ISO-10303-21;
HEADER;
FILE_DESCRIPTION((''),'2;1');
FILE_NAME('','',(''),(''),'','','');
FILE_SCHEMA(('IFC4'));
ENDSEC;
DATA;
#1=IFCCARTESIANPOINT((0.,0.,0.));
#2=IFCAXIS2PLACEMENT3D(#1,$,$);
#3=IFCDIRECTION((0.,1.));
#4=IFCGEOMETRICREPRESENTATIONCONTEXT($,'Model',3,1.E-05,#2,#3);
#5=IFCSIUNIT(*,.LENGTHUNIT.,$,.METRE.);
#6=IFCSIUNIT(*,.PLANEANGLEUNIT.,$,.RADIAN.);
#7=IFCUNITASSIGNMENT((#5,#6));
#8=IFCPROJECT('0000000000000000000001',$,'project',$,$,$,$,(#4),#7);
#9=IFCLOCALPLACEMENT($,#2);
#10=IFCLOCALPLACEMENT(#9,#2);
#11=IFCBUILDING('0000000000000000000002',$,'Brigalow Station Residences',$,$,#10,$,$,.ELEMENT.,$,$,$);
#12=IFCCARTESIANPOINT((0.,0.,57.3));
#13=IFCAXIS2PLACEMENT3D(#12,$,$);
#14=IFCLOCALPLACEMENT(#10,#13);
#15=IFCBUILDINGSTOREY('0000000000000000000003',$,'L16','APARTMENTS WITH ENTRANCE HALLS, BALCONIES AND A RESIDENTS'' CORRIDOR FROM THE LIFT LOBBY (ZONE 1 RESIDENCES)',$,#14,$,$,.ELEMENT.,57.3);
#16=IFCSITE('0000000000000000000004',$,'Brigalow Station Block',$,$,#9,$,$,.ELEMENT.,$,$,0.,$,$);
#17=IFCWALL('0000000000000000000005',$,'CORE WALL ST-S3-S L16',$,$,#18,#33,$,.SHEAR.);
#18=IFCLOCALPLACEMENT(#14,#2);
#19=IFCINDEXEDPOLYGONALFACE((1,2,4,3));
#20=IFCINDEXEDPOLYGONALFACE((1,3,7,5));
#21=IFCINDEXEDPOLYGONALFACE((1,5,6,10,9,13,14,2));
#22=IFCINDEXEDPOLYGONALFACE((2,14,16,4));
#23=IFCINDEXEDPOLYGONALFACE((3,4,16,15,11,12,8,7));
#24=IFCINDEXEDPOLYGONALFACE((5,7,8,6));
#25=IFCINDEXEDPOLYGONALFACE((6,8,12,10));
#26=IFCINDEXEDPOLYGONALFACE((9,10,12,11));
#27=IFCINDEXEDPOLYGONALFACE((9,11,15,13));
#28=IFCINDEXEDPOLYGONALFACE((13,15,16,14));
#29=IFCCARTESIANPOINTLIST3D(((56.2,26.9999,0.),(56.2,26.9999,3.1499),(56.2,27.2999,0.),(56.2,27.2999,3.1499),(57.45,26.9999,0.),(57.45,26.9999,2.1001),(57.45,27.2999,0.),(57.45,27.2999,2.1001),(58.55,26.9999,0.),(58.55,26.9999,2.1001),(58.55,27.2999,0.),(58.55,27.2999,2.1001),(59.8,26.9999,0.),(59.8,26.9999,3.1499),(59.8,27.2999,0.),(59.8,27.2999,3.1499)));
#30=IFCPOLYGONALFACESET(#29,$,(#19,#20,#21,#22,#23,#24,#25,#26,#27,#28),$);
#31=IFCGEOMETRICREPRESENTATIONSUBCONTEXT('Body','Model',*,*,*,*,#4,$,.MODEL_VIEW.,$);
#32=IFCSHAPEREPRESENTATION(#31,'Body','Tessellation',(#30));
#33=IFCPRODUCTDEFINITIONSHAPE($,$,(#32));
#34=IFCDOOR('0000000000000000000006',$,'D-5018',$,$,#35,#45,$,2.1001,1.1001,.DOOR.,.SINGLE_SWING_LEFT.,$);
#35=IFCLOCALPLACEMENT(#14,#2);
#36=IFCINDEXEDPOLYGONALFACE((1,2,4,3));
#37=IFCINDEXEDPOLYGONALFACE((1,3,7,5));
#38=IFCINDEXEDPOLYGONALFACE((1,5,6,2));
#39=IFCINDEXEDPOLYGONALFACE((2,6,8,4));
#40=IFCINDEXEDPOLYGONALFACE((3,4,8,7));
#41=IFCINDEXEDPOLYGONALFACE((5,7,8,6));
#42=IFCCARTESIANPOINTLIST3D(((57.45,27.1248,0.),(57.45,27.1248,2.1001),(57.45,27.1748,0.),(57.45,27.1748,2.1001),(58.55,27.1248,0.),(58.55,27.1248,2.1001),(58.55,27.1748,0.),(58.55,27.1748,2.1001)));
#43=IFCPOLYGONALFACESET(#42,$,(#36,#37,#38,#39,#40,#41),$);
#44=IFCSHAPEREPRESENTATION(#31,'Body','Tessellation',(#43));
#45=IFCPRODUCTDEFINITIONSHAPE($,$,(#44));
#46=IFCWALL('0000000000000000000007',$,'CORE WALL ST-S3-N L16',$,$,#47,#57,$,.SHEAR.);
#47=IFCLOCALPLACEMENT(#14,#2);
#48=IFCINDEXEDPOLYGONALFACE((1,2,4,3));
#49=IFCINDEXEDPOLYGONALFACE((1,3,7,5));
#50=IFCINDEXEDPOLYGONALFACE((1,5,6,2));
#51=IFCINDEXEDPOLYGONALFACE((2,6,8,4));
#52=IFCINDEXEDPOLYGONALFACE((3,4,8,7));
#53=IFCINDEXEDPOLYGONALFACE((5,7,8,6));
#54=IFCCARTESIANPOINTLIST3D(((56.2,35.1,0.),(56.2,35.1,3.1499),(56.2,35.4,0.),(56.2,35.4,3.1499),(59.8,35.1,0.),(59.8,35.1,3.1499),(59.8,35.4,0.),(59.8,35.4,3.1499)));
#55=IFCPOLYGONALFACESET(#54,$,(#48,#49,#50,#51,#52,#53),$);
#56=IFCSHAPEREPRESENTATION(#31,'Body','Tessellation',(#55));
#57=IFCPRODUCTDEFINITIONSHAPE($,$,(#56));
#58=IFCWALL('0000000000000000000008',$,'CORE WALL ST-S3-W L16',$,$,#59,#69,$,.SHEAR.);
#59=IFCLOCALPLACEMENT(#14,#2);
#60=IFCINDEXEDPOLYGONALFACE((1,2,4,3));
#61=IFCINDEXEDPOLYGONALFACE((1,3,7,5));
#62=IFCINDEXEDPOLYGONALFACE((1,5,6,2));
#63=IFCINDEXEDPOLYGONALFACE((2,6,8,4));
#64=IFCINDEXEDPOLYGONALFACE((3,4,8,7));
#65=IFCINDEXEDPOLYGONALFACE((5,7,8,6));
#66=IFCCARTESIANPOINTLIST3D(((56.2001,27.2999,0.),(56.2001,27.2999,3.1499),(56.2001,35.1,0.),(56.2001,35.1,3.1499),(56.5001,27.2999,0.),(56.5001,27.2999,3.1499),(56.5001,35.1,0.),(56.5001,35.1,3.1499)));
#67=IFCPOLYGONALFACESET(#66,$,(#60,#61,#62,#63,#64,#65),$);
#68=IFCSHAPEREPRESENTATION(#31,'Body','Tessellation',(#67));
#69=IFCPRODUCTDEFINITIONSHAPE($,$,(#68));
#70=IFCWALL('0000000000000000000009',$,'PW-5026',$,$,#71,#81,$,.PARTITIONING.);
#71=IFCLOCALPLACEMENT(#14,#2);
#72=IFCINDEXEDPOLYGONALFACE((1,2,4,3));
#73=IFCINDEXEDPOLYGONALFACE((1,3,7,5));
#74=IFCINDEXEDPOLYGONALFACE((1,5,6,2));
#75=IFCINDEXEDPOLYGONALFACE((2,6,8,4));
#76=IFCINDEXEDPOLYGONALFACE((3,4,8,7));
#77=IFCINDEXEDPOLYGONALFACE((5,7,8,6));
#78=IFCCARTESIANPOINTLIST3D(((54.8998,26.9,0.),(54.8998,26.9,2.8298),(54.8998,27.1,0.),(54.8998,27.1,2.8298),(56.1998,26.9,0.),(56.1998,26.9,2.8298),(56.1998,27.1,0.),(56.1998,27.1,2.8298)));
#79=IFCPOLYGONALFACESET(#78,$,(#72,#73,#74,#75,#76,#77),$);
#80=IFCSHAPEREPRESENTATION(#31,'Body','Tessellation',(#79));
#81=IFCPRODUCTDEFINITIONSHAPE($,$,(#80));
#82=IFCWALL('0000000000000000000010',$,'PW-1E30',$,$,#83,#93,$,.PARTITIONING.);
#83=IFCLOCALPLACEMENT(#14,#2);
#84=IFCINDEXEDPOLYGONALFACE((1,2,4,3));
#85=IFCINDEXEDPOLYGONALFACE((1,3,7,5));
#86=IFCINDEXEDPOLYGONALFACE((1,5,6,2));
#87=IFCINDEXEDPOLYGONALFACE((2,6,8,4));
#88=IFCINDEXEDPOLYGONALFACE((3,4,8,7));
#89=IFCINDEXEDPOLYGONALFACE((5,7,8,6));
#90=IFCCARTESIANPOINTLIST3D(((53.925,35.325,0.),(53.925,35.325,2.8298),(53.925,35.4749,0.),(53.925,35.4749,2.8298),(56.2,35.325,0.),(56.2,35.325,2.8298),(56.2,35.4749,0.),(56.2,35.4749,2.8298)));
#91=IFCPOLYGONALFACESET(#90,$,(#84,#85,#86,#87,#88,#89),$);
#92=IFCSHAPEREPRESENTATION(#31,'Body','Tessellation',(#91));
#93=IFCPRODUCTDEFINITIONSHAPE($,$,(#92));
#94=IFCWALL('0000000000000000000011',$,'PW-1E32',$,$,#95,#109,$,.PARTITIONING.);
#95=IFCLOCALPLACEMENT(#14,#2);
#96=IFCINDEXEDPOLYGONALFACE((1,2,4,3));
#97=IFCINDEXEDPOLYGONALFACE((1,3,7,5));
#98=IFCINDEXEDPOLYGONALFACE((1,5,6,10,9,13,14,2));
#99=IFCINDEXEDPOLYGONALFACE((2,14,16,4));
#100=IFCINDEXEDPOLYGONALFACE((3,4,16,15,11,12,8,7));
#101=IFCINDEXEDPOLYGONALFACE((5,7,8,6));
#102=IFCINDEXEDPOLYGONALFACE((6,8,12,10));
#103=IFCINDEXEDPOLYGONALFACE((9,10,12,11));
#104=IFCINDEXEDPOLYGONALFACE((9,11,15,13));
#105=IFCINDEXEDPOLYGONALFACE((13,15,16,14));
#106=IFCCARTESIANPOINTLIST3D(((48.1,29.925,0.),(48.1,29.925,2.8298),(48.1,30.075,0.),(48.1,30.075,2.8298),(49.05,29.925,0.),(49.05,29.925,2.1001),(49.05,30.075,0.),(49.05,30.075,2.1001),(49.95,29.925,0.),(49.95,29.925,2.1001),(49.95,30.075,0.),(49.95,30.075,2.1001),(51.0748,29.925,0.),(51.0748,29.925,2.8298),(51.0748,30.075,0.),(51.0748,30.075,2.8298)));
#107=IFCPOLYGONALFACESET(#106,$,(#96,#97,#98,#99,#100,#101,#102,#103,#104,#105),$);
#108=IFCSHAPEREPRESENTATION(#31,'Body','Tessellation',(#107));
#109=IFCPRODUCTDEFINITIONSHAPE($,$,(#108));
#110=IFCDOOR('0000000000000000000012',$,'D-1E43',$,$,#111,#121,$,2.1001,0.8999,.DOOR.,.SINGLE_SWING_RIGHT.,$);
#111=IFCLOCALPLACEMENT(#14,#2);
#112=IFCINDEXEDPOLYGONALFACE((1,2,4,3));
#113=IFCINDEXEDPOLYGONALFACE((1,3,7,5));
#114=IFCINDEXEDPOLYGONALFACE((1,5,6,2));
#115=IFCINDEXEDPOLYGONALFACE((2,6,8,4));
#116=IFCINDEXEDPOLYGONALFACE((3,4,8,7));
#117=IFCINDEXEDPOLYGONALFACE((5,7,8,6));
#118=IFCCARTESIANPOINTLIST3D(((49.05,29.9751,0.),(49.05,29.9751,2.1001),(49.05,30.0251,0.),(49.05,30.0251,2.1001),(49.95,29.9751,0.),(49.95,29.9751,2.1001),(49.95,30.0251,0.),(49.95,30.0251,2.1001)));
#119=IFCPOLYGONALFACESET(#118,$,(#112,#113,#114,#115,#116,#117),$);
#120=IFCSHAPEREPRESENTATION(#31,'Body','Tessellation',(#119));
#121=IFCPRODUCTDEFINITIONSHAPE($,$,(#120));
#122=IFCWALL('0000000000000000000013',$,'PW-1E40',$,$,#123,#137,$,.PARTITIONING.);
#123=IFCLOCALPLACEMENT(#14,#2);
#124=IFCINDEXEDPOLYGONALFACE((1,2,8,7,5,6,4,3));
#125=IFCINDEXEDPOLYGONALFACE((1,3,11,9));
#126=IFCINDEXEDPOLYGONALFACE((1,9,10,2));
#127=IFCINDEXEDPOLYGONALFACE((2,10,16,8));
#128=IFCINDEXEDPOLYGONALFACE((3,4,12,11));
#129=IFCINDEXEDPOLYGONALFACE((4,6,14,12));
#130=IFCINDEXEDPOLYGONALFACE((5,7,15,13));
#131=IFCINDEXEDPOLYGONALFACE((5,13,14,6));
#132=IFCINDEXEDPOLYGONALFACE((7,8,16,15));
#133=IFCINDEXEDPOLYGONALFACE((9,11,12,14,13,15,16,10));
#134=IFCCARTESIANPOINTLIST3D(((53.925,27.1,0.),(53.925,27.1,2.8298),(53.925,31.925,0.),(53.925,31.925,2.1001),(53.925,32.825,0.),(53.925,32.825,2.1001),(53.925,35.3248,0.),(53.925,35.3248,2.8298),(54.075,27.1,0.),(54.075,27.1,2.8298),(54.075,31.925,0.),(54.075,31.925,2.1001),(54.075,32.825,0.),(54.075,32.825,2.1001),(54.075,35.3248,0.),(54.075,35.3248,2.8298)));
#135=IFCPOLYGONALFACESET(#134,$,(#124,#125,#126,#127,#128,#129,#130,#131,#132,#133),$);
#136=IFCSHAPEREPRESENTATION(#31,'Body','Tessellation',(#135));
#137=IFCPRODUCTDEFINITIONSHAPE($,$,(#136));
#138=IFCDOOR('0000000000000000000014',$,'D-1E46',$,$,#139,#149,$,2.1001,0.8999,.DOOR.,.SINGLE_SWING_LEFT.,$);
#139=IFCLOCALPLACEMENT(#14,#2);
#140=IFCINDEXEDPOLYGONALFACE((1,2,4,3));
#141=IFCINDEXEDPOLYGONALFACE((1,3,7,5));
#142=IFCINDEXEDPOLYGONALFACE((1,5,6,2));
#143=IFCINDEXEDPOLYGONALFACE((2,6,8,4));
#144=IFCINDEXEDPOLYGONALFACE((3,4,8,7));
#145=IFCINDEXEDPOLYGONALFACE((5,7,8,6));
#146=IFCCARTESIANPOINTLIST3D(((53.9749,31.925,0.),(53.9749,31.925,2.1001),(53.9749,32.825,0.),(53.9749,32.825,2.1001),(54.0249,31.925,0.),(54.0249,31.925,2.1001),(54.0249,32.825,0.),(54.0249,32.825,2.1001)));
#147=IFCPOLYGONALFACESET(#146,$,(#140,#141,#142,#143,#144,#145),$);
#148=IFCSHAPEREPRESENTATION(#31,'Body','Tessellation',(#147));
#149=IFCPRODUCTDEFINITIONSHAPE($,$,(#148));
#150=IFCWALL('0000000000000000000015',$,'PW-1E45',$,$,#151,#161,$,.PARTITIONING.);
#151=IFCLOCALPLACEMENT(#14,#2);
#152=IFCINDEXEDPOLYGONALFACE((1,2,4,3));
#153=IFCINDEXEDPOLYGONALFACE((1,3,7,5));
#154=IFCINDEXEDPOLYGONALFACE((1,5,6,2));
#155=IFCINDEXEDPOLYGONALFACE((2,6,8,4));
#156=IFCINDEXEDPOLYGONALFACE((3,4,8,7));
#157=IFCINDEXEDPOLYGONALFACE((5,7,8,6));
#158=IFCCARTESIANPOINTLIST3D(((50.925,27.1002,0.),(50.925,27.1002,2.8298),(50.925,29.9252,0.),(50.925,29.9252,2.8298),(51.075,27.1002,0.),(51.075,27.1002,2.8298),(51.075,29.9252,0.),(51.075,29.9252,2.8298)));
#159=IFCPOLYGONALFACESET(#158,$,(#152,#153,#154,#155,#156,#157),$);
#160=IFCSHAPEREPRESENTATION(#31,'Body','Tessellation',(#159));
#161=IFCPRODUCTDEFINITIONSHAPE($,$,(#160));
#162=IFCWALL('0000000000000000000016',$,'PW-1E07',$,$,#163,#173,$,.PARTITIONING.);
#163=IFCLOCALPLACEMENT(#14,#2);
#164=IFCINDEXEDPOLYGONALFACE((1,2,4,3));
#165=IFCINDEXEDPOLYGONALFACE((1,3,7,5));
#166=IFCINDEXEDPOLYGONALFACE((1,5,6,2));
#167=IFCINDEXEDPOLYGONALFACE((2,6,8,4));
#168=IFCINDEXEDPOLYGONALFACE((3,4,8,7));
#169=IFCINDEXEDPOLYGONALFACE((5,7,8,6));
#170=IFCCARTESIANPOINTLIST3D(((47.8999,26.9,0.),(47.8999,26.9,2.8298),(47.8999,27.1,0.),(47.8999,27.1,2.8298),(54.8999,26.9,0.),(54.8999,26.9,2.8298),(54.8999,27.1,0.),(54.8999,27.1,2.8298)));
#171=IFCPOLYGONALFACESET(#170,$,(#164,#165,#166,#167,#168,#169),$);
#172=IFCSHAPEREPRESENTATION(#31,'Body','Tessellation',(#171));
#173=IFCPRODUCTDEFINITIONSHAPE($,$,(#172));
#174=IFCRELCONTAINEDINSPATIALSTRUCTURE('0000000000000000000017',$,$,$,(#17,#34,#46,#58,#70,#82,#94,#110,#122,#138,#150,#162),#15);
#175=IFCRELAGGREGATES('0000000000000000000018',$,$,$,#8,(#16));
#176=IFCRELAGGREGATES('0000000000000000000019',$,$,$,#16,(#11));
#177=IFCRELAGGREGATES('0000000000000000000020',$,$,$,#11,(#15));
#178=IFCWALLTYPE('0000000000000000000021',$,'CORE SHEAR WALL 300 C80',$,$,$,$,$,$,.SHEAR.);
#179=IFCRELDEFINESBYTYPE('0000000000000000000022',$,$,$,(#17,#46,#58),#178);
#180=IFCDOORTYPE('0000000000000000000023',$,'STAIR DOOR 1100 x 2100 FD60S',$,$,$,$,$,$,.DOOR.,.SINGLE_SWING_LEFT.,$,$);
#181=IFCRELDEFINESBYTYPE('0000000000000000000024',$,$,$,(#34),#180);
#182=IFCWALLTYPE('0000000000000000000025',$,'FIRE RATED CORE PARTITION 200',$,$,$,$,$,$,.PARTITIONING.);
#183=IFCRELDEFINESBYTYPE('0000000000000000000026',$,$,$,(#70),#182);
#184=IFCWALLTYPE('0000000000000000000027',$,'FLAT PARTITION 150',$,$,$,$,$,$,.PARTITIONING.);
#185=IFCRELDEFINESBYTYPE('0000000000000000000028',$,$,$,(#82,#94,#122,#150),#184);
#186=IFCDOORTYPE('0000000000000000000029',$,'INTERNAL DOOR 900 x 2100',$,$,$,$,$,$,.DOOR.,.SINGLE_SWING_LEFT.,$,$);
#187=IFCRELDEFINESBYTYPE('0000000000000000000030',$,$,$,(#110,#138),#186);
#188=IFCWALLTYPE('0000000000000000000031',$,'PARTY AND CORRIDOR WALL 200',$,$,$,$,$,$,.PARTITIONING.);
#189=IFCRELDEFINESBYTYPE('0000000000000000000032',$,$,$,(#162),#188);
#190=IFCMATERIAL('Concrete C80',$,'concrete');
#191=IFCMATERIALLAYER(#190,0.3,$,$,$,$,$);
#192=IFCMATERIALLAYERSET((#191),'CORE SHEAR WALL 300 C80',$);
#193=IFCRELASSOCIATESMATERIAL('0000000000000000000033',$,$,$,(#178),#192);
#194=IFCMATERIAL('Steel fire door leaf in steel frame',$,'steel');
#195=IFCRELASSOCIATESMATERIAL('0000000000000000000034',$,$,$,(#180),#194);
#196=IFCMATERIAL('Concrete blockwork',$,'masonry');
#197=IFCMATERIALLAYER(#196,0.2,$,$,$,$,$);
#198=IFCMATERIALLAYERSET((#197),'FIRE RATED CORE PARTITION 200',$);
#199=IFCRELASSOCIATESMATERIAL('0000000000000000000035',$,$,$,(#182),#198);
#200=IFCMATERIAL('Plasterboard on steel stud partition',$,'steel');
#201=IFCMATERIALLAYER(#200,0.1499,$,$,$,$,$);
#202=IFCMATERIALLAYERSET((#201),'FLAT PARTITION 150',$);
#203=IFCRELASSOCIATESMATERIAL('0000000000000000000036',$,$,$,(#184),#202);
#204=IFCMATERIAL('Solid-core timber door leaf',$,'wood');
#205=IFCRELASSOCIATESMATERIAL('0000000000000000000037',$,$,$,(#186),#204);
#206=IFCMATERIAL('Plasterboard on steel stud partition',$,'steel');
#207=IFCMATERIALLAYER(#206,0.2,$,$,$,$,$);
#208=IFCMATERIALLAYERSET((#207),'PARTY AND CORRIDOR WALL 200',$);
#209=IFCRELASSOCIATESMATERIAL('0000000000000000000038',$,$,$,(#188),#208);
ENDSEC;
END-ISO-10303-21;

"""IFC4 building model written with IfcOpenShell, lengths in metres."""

from ifc_helpers import new_model, si_unit, direction, frame, frame_2d, origin, place, context, subcontext, project, spatial, rectangle, extrude, material, layer, layer_set, type_object, element, fill, save


model = new_model("IFC4")

# Units and contexts
model_context = context("Model", 3, precision=1e-05, world=origin(), true_north=direction((0.0, 1.0)))
body_context = subcontext(model_context, "Body", "Model", "MODEL_VIEW")
ifc_project = project(units=[si_unit("LENGTHUNIT", "METRE"), si_unit("PLANEANGLEUNIT", "RADIAN")], contexts=[model_context])

# Site, building, storey
site_placement = place(None, origin())
site = spatial("IfcSite", under=ifc_project, at=site_placement, Name="Brigalow Station Block", CompositionType="ELEMENT", RefElevation=0.0)
building_placement = place(site_placement, origin())
building = spatial("IfcBuilding", under=site, at=building_placement, Name="Brigalow Station Residences", CompositionType="ELEMENT")
storey_placement = place(building_placement, frame((0.0, 0.0, 57.3)))
storey = spatial("IfcBuildingStorey", under=building, at=storey_placement, Name="L16", Description="APARTMENTS WITH ENTRANCE HALLS, BALCONIES AND A RESIDENTS' CORRIDOR FROM THE LIFT LOBBY (ZONE 1 RESIDENCES)", CompositionType="ELEMENT", Elevation=57.3)

# Wall, opening, door
ifc_material_1 = material(Name="Concrete C80", Category="concrete")
ifc_layer_1 = layer(ifc_material_1, 0.3)
ifc_layer_set_1 = layer_set([ifc_layer_1], Name="CORE SHEAR WALL 300 C80")
wall_type_1 = type_object("IfcWallType", Name="CORE SHEAR WALL 300 C80", PredefinedType="SHEAR", material=ifc_layer_set_1)
wall_1_placement = place(storey_placement, frame((56.2, 27.1499, 0.0), z_axis=(0.0, 0.0, 1.0), x_axis=(1.0, 0.0, 0.0)))
wall_1 = element("IfcWall", 1, at=wall_1_placement, inside=storey, type_object=wall_type_1, Name="CORE WALL ST-S3-S L16", PredefinedType="SHEAR", context=body_context, shape_type="SweptSolid", body=[
    extrude(rectangle(XDim=3.6001, YDim=0.3, at=frame_2d((1.8, 0.0))), origin(), (0.0, 0.0, 1.0), 3.1499),
])
opening_1_placement = place(wall_1_placement, frame((1.25, 0.0, 0.0)))
opening_1 = element("IfcOpeningElement", 2, at=opening_1_placement, cuts=wall_1, PredefinedType="OPENING", context=body_context, shape_type="SweptSolid", body=[
    extrude(rectangle(XDim=1.1001, YDim=2.1001, at=frame_2d((0.55, 1.05))), frame((0.0, 0.1602, 0.0), z_axis=(0.0, -1.0, 0.0), x_axis=(1.0, 0.0, 0.0)), (0.0, 0.0, 1.0), 0.3201),
])
ifc_material_2 = material(Name="Steel fire door leaf in steel frame", Category="steel")
door_type_1 = type_object("IfcDoorType", Name="STAIR DOOR 1100 x 2100 FD60S", OperationType="SINGLE_SWING_LEFT", PredefinedType="DOOR", material=ifc_material_2)
door_1_placement = place(opening_1_placement, origin())
door_1 = element("IfcDoor", 3, at=door_1_placement, inside=storey, type_object=door_type_1, Name="D-5018", OperationType="SINGLE_SWING_LEFT", OverallHeight=2.1001, OverallWidth=1.1001, PredefinedType="DOOR", context=body_context, shape_type="SweptSolid", body=[
    extrude(rectangle(XDim=1.1001, YDim=2.1001, at=frame_2d((0.55, 1.05))), frame((0.0, 0.0249, 0.0), z_axis=(0.0, -1.0, 0.0), x_axis=(1.0, 0.0, 0.0)), (0.0, 0.0, 1.0), 0.05),
])
fill(opening_1, door_1)

# Walls
wall_2_placement = place(storey_placement, frame((56.2, 35.25, 0.0), z_axis=(0.0, 0.0, 1.0), x_axis=(1.0, 0.0, 0.0)))
element("IfcWall", 4, at=wall_2_placement, inside=storey, type_object=wall_type_1, Name="CORE WALL ST-S3-N L16", PredefinedType="SHEAR", context=body_context, shape_type="SweptSolid", body=[
    extrude(rectangle(XDim=3.6001, YDim=0.3, at=frame_2d((1.8, 0.0))), origin(), (0.0, 0.0, 1.0), 3.1499),
])
wall_3_placement = place(storey_placement, frame((56.3501, 27.3, 0.0), z_axis=(0.0, 0.0, 1.0), x_axis=(0.0, 1.0, 0.0)))
element("IfcWall", 5, at=wall_3_placement, inside=storey, type_object=wall_type_1, Name="CORE WALL ST-S3-W L16", PredefinedType="SHEAR", context=body_context, shape_type="SweptSolid", body=[
    extrude(rectangle(XDim=7.8, YDim=0.3, at=frame_2d((3.8999, 0.0))), origin(), (0.0, 0.0, 1.0), 3.1499),
])
ifc_material_3 = material(Name="Concrete blockwork", Category="masonry")
ifc_layer_2 = layer(ifc_material_3, 0.2)
ifc_layer_set_2 = layer_set([ifc_layer_2], Name="FIRE RATED CORE PARTITION 200")
wall_type_2 = type_object("IfcWallType", Name="FIRE RATED CORE PARTITION 200", PredefinedType="PARTITIONING", material=ifc_layer_set_2)
wall_4_placement = place(storey_placement, frame((54.8999, 27.0, 0.0), z_axis=(0.0, 0.0, 1.0), x_axis=(1.0, 0.0, 0.0)))
element("IfcWall", 6, at=wall_4_placement, inside=storey, type_object=wall_type_2, Name="PW-5026", PredefinedType="PARTITIONING", context=body_context, shape_type="SweptSolid", body=[
    extrude(rectangle(XDim=1.3, YDim=0.2, at=frame_2d((0.6499, 0.0))), origin(), (0.0, 0.0, 1.0), 2.8298),
])
ifc_material_4 = material(Name="Plasterboard on steel stud partition", Category="steel")
ifc_layer_3 = layer(ifc_material_4, 0.1499)
ifc_layer_set_3 = layer_set([ifc_layer_3], Name="FLAT PARTITION 150")
wall_type_3 = type_object("IfcWallType", Name="FLAT PARTITION 150", PredefinedType="PARTITIONING", material=ifc_layer_set_3)
wall_5_placement = place(storey_placement, frame((53.925, 35.3999, 0.0), z_axis=(0.0, 0.0, 1.0), x_axis=(1.0, 0.0, 0.0)))
element("IfcWall", 7, at=wall_5_placement, inside=storey, type_object=wall_type_3, Name="PW-1E30", PredefinedType="PARTITIONING", context=body_context, shape_type="SweptSolid", body=[
    extrude(rectangle(XDim=2.2749, YDim=0.1499, at=frame_2d((1.1375, 0.0))), origin(), (0.0, 0.0, 1.0), 2.8298),
])

# Walls, openings, doors
wall_6_placement = place(storey_placement, frame((48.1001, 30.0, 0.0), z_axis=(0.0, 0.0, 1.0), x_axis=(1.0, 0.0, 0.0)))
wall_6 = element("IfcWall", 8, at=wall_6_placement, inside=storey, type_object=wall_type_3, Name="PW-1E32", PredefinedType="PARTITIONING", context=body_context, shape_type="SweptSolid", body=[
    extrude(rectangle(XDim=2.9749, YDim=0.1499, at=frame_2d((1.4873, 0.0))), origin(), (0.0, 0.0, 1.0), 2.8298),
])
opening_2_placement = place(wall_6_placement, frame((0.95, 0.0, 0.0)))
opening_2 = element("IfcOpeningElement", 9, at=opening_2_placement, cuts=wall_6, PredefinedType="OPENING", context=body_context, shape_type="SweptSolid", body=[
    extrude(rectangle(XDim=0.8999, YDim=2.1001, at=frame_2d((0.45, 1.05))), frame((0.0, 0.085, 0.0), z_axis=(0.0, -1.0, 0.0), x_axis=(1.0, 0.0, 0.0)), (0.0, 0.0, 1.0), 0.1699),
])
ifc_material_5 = material(Name="Solid-core timber door leaf", Category="wood")
door_type_2 = type_object("IfcDoorType", Name="INTERNAL DOOR 900 x 2100", OperationType="SINGLE_SWING_LEFT", PredefinedType="DOOR", material=ifc_material_5)
door_2_placement = place(opening_2_placement, frame((0.8999, 0.0, 0.0), z_axis=(0.0, 0.0, 1.0), x_axis=(-1.0, 0.0, 0.0)))
door_2 = element("IfcDoor", 10, at=door_2_placement, inside=storey, type_object=door_type_2, Name="D-1E43", OperationType="SINGLE_SWING_RIGHT", OverallHeight=2.1001, OverallWidth=0.8999, PredefinedType="DOOR", context=body_context, shape_type="SweptSolid", body=[
    extrude(rectangle(XDim=0.8999, YDim=2.1001, at=frame_2d((0.45, 1.05))), frame((0.0, 0.0249, 0.0), z_axis=(0.0, -1.0, 0.0), x_axis=(1.0, 0.0, 0.0)), (0.0, 0.0, 1.0), 0.05),
])
fill(opening_2, door_2)
wall_7_placement = place(storey_placement, frame((54.0, 27.1001, 0.0), z_axis=(0.0, 0.0, 1.0), x_axis=(0.0, 1.0, 0.0)))
wall_7 = element("IfcWall", 11, at=wall_7_placement, inside=storey, type_object=wall_type_3, Name="PW-1E40", PredefinedType="PARTITIONING", context=body_context, shape_type="SweptSolid", body=[
    extrude(rectangle(XDim=8.2249, YDim=0.1499, at=frame_2d((4.1123, 0.0))), origin(), (0.0, 0.0, 1.0), 2.8298),
])
opening_3_placement = place(wall_7_placement, frame((4.825, 0.0, 0.0)))
opening_3 = element("IfcOpeningElement", 12, at=opening_3_placement, cuts=wall_7, PredefinedType="OPENING", context=body_context, shape_type="SweptSolid", body=[
    extrude(rectangle(XDim=0.8999, YDim=2.1001, at=frame_2d((0.45, 1.05))), frame((0.0, 0.085, 0.0), z_axis=(0.0, -1.0, 0.0), x_axis=(1.0, 0.0, 0.0)), (0.0, 0.0, 1.0), 0.1699),
])
door_3_placement = place(opening_3_placement, frame((0.8999, 0.0, 0.0), z_axis=(0.0, 0.0, 1.0), x_axis=(-1.0, 0.0, 0.0)))
door_3 = element("IfcDoor", 13, at=door_3_placement, inside=storey, type_object=door_type_2, Name="D-1E46", OperationType="SINGLE_SWING_LEFT", OverallHeight=2.1001, OverallWidth=0.8999, PredefinedType="DOOR", context=body_context, shape_type="SweptSolid", body=[
    extrude(rectangle(XDim=0.8999, YDim=2.1001, at=frame_2d((0.45, 1.05))), frame((0.0, 0.0249, 0.0), z_axis=(0.0, -1.0, 0.0), x_axis=(1.0, 0.0, 0.0)), (0.0, 0.0, 1.0), 0.05),
])
fill(opening_3, door_3)

# Walls
wall_8_placement = place(storey_placement, frame((51.0, 27.1001, 0.0), z_axis=(0.0, 0.0, 1.0), x_axis=(0.0, 1.0, 0.0)))
element("IfcWall", 14, at=wall_8_placement, inside=storey, type_object=wall_type_3, Name="PW-1E45", PredefinedType="PARTITIONING", context=body_context, shape_type="SweptSolid", body=[
    extrude(rectangle(XDim=2.825, YDim=0.1499, at=frame_2d((1.4126, 0.0))), origin(), (0.0, 0.0, 1.0), 2.8298),
])
ifc_material_6 = material(Name="Plasterboard on steel stud partition", Category="steel")
ifc_layer_4 = layer(ifc_material_6, 0.2)
ifc_layer_set_4 = layer_set([ifc_layer_4], Name="PARTY AND CORRIDOR WALL 200")
wall_type_4 = type_object("IfcWallType", Name="PARTY AND CORRIDOR WALL 200", PredefinedType="PARTITIONING", material=ifc_layer_set_4)
wall_9_placement = place(storey_placement, frame((47.8999, 27.0, 0.0), z_axis=(0.0, 0.0, 1.0), x_axis=(1.0, 0.0, 0.0)))
element("IfcWall", 15, at=wall_9_placement, inside=storey, type_object=wall_type_4, Name="PW-1E07", PredefinedType="PARTITIONING", context=body_context, shape_type="SweptSolid", body=[
    extrude(rectangle(XDim=7.0, YDim=0.2, at=frame_2d((3.5, 0.0))), origin(), (0.0, 0.0, 1.0), 2.8298),
])

save(model, "model.ifc")
